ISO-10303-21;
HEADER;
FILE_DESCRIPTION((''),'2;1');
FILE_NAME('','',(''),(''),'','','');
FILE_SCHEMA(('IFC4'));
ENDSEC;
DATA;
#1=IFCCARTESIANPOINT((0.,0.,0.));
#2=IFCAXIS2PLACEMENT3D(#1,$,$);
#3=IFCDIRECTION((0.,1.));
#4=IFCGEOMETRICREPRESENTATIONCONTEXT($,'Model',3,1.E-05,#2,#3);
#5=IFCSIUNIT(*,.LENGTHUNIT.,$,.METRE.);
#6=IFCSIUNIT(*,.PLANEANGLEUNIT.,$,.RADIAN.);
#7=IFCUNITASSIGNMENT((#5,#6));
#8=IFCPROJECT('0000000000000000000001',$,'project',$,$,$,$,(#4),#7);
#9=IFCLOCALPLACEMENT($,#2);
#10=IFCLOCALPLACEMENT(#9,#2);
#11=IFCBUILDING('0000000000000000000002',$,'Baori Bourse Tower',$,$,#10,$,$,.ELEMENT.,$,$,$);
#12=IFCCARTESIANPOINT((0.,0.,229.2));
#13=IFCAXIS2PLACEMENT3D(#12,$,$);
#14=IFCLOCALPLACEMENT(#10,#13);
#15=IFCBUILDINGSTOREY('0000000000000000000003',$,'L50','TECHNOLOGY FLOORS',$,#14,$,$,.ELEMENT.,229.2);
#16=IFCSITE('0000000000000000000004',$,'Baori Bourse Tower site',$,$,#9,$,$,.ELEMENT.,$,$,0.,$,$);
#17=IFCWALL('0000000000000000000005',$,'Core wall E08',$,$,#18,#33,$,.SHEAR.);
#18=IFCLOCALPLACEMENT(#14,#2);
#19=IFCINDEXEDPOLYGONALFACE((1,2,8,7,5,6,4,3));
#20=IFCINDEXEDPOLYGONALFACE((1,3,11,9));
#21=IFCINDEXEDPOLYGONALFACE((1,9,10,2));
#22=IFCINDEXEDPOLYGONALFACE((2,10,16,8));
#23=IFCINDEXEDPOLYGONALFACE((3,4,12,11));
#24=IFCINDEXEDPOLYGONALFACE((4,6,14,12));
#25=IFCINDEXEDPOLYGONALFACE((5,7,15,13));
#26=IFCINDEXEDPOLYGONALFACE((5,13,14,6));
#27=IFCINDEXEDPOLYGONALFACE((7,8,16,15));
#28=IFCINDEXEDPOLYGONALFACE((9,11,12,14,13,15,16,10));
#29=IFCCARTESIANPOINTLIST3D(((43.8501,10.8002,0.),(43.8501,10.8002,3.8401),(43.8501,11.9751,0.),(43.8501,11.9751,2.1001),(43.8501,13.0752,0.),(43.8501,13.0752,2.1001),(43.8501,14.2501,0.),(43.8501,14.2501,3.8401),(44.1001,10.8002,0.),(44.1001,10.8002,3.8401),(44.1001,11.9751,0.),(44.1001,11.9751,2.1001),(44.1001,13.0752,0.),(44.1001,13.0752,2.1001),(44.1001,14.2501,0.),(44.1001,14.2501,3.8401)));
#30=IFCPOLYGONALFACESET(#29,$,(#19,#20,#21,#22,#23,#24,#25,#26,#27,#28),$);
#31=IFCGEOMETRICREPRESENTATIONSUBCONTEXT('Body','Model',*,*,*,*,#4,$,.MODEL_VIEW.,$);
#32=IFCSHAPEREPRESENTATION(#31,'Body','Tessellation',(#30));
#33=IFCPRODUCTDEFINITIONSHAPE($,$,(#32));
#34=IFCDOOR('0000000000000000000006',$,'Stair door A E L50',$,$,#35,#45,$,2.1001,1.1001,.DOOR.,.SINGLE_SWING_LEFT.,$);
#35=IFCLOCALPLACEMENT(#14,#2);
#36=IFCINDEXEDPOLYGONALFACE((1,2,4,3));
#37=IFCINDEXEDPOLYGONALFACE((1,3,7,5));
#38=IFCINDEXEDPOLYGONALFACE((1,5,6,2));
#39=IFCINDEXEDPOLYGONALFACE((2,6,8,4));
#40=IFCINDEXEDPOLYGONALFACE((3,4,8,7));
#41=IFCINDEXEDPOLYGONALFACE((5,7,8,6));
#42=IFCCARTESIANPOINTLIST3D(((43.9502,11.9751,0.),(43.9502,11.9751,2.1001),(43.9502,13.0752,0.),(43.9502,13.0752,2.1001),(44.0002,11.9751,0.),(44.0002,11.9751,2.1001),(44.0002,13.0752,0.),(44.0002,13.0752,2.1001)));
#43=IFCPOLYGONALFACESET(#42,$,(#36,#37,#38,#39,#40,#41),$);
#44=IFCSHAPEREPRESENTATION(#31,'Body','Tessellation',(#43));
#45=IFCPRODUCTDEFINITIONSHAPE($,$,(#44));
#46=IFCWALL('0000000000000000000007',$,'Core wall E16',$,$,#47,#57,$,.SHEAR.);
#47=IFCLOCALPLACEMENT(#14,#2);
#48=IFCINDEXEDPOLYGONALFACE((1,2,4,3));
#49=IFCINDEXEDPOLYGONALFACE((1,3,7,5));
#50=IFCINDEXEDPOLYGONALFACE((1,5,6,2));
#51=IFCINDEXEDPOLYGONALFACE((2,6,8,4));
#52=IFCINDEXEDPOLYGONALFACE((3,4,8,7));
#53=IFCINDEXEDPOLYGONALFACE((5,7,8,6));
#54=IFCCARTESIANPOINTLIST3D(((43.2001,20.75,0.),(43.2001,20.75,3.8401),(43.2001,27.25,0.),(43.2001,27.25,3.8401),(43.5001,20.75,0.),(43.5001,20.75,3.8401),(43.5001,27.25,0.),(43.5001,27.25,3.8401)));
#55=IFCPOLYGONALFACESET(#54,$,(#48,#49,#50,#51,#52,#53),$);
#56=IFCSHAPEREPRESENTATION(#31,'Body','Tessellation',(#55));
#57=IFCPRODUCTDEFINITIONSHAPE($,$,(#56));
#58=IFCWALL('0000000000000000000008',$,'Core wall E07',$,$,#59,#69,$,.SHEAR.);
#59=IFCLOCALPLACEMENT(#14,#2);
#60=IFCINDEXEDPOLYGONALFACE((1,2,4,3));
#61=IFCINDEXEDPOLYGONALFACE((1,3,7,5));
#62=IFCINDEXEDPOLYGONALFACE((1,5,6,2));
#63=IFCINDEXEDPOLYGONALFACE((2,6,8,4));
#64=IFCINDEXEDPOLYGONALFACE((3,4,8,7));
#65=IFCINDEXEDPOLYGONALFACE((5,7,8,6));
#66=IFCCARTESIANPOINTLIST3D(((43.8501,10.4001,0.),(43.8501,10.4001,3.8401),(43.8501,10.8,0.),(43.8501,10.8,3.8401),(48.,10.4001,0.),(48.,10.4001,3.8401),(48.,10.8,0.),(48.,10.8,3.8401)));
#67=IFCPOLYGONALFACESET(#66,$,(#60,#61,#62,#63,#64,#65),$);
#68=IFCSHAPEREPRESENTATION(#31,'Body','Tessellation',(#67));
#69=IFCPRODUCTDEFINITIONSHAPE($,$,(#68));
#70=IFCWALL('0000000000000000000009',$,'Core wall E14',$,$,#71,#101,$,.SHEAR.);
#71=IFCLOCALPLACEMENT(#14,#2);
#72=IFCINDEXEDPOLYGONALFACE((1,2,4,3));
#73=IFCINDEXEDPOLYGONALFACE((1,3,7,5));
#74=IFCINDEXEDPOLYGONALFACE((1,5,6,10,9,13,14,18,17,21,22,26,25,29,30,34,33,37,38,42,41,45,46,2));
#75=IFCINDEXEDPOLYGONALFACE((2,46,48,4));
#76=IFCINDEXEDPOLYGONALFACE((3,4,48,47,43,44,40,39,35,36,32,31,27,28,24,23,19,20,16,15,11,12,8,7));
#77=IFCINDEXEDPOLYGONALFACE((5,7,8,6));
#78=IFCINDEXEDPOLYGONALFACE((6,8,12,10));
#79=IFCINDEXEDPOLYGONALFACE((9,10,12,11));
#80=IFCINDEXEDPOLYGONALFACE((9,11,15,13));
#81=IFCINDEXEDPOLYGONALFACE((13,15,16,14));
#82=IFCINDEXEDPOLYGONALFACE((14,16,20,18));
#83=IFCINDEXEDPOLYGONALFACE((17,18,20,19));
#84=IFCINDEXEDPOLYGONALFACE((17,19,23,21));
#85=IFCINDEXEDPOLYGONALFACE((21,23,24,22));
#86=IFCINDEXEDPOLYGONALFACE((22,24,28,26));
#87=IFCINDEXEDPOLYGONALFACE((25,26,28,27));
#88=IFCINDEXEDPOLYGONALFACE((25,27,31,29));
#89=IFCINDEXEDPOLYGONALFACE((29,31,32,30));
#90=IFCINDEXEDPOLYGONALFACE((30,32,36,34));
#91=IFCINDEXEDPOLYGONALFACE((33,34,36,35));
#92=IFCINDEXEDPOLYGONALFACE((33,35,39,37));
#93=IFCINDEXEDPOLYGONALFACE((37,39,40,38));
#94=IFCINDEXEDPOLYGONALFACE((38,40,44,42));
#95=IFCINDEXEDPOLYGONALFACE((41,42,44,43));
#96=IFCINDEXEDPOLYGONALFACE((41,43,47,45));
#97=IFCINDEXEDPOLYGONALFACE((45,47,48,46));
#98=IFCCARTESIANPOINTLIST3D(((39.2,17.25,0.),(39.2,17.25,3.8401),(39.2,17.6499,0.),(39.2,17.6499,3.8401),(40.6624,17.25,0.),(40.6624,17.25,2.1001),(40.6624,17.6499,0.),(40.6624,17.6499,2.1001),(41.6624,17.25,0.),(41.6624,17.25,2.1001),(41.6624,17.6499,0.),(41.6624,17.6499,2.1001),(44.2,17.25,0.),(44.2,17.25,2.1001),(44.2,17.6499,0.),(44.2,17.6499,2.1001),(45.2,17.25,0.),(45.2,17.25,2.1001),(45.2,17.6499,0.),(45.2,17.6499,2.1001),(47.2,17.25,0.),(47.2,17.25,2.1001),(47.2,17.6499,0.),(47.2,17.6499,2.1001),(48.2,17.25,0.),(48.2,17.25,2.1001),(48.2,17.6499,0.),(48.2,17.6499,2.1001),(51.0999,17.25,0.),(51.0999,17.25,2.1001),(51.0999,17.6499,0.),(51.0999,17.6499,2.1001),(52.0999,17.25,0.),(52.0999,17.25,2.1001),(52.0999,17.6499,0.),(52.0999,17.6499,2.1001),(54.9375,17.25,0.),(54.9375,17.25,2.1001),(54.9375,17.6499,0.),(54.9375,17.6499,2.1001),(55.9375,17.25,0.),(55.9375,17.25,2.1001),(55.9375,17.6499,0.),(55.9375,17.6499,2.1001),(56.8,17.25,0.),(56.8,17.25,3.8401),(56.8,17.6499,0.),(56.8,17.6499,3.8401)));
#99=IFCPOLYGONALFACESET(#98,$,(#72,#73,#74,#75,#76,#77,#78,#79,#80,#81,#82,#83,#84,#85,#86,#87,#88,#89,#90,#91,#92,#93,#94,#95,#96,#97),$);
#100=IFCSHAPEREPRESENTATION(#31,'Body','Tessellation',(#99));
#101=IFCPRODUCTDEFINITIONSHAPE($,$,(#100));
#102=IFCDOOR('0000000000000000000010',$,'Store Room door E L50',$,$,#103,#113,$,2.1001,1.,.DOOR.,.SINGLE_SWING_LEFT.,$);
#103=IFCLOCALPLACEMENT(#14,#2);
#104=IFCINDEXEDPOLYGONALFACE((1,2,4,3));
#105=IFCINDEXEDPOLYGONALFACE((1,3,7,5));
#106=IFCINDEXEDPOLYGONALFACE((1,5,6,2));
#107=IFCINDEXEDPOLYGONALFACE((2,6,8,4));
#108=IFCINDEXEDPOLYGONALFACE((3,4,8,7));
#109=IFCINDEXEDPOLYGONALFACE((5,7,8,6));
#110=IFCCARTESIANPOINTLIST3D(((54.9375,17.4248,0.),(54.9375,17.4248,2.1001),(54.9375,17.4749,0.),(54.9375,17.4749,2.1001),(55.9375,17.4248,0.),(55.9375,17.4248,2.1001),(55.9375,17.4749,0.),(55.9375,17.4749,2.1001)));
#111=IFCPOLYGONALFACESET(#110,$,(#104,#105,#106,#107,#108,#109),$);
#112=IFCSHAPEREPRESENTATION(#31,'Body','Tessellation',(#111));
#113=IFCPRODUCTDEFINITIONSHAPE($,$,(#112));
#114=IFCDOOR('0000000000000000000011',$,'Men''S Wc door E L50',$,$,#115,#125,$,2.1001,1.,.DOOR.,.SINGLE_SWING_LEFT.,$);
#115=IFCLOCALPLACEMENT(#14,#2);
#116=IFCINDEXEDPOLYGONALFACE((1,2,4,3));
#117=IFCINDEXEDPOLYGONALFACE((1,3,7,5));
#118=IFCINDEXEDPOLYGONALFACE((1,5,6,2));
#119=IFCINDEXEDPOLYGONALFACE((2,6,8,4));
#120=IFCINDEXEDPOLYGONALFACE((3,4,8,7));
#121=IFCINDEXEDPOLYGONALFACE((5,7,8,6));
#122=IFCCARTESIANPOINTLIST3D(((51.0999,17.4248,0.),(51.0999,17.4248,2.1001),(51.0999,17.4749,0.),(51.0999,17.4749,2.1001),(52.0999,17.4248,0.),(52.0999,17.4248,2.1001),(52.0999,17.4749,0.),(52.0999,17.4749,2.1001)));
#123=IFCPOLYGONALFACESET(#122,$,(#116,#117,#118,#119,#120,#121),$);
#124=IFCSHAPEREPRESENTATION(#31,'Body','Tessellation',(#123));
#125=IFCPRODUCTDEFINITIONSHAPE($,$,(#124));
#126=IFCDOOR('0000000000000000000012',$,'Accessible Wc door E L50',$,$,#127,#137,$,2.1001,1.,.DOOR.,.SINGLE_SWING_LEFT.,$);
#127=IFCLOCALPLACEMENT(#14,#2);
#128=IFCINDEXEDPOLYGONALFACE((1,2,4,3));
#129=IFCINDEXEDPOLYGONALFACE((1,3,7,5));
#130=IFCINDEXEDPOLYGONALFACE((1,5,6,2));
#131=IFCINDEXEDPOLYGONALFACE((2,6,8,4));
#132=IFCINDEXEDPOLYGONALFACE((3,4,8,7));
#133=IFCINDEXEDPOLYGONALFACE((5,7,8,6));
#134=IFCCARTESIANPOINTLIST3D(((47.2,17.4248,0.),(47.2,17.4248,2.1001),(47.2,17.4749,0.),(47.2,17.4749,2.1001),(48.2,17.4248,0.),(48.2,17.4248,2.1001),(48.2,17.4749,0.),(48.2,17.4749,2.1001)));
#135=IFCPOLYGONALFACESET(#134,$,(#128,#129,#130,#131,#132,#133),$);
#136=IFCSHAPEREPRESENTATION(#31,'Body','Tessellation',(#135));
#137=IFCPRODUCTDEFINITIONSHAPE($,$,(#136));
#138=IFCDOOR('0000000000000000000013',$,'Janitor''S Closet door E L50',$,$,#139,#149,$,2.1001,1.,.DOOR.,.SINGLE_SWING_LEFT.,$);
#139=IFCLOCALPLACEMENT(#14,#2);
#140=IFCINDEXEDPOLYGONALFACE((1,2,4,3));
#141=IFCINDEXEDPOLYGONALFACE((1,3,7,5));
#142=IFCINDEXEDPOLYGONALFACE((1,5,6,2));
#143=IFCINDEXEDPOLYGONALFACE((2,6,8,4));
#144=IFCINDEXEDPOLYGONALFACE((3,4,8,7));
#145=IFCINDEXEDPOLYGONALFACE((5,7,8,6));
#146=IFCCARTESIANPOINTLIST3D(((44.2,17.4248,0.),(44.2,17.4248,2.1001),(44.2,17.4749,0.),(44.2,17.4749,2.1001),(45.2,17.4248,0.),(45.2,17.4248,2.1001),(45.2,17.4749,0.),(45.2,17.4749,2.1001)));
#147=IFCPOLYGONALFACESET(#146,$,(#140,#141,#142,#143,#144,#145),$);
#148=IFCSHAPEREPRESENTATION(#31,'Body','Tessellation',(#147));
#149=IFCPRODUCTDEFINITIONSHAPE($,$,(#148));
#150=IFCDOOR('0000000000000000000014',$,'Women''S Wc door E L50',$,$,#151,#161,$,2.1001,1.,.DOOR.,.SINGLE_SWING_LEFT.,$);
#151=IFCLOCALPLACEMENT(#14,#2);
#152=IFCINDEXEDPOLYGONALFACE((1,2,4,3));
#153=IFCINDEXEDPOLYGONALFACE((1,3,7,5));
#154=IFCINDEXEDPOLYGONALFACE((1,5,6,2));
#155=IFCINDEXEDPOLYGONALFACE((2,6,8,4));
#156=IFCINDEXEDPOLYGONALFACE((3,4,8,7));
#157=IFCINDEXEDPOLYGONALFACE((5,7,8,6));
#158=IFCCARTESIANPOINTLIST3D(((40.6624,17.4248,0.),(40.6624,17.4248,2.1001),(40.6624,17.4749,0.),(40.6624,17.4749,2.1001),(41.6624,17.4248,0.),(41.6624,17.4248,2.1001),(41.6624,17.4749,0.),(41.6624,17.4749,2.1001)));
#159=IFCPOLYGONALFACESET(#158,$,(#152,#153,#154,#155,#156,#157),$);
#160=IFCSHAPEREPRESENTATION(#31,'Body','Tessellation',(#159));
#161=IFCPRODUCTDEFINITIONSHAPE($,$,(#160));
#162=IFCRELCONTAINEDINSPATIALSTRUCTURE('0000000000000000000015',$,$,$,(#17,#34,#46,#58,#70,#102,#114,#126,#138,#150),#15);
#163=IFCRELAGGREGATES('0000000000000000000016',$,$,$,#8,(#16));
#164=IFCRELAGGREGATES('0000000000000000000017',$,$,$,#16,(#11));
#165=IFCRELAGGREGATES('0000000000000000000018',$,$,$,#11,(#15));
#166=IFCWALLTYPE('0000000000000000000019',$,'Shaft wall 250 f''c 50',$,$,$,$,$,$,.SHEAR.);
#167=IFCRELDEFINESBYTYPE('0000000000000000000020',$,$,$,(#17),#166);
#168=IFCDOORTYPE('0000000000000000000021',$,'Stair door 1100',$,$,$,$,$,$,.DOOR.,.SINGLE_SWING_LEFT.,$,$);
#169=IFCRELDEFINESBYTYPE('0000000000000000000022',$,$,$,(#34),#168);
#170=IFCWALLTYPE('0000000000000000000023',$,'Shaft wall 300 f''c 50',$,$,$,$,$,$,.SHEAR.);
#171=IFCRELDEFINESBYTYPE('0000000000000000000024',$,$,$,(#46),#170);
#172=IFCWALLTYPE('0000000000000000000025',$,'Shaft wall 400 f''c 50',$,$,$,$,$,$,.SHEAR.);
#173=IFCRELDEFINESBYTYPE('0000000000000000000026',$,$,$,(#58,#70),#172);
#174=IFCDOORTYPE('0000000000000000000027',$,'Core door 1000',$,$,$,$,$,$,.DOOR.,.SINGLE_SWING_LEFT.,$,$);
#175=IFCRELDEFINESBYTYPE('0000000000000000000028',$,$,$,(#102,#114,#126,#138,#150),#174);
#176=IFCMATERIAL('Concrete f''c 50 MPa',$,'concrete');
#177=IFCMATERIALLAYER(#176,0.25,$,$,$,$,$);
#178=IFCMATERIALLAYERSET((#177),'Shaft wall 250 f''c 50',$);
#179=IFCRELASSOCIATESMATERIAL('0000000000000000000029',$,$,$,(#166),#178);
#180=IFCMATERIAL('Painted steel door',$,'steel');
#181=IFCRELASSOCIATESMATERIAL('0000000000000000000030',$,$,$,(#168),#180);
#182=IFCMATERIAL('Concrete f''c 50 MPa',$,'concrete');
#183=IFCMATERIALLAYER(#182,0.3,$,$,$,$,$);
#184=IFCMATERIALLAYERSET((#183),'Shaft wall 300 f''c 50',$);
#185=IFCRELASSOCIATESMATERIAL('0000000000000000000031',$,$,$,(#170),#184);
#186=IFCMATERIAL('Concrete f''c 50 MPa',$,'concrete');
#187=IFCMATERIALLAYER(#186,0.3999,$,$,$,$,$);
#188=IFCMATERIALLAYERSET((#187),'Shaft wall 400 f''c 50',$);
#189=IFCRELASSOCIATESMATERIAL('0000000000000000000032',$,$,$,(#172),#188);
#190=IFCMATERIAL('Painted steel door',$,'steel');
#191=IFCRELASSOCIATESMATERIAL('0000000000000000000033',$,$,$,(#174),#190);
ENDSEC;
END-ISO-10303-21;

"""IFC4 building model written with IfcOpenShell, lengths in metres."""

from ifc_helpers import new_model, si_unit, direction, frame, frame_2d, origin, place, context, subcontext, project, spatial, rectangle, extrude, material, layer, layer_set, type_object, element, fill, save


model = new_model("IFC4")

# Units and contexts
model_context = context("Model", 3, precision=1e-05, world=origin(), true_north=direction((0.0, 1.0)))
body_context = subcontext(model_context, "Body", "Model", "MODEL_VIEW")
ifc_project = project(units=[si_unit("LENGTHUNIT", "METRE"), si_unit("PLANEANGLEUNIT", "RADIAN")], contexts=[model_context])

# Site, building, storey
site_placement = place(None, origin())
site = spatial("IfcSite", under=ifc_project, at=site_placement, Name="Baori Bourse Tower site", CompositionType="ELEMENT", RefElevation=0.0)
building_placement = place(site_placement, origin())
building = spatial("IfcBuilding", under=site, at=building_placement, Name="Baori Bourse Tower", CompositionType="ELEMENT")
storey_placement = place(building_placement, frame((0.0, 0.0, 229.2)))
storey = spatial("IfcBuildingStorey", under=building, at=storey_placement, Name="L50", Description="TECHNOLOGY FLOORS", CompositionType="ELEMENT", Elevation=229.2)

# Wall, opening, door
ifc_material_1 = material(Name="Concrete f'c 50 MPa", Category="concrete")
ifc_layer_1 = layer(ifc_material_1, 0.25)
ifc_layer_set_1 = layer_set([ifc_layer_1], Name="Shaft wall 250 f'c 50")
wall_type_1 = type_object("IfcWallType", Name="Shaft wall 250 f'c 50", PredefinedType="SHEAR", material=ifc_layer_set_1)
wall_1_placement = place(storey_placement, frame((43.9751, 10.8, 0.0), z_axis=(0.0, 0.0, 1.0), x_axis=(0.0, 1.0, 0.0)))
wall_1 = element("IfcWall", 1, at=wall_1_placement, inside=storey, type_object=wall_type_1, Name="Core wall E08", PredefinedType="SHEAR", context=body_context, shape_type="SweptSolid", body=[
    extrude(rectangle(XDim=3.45, YDim=0.25, at=frame_2d((1.7251, 0.0))), origin(), (0.0, 0.0, 1.0), 3.8401),
])
opening_1_placement = place(wall_1_placement, frame((1.175, 0.0, 0.0)))
opening_1 = element("IfcOpeningElement", 2, at=opening_1_placement, cuts=wall_1, PredefinedType="OPENING", context=body_context, shape_type="SweptSolid", body=[
    extrude(rectangle(XDim=1.1001, YDim=2.1001, at=frame_2d((0.55, 1.05))), frame((0.0, 0.135, 0.0), z_axis=(0.0, -1.0, 0.0), x_axis=(1.0, 0.0, 0.0)), (0.0, 0.0, 1.0), 0.27),
])
ifc_material_2 = material(Name="Painted steel door", Category="steel")
door_type_1 = type_object("IfcDoorType", Name="Stair door 1100", OperationType="SINGLE_SWING_LEFT", PredefinedType="DOOR", material=ifc_material_2)
door_1_placement = place(opening_1_placement, origin())
door_1 = element("IfcDoor", 3, at=door_1_placement, inside=storey, type_object=door_type_1, Name="Stair door A E L50", OperationType="SINGLE_SWING_LEFT", OverallHeight=2.1001, OverallWidth=1.1001, PredefinedType="DOOR", context=body_context, shape_type="SweptSolid", body=[
    extrude(rectangle(XDim=1.1001, YDim=2.1001, at=frame_2d((0.55, 1.05))), frame((0.0, 0.0249, 0.0), z_axis=(0.0, -1.0, 0.0), x_axis=(1.0, 0.0, 0.0)), (0.0, 0.0, 1.0), 0.05),
])
fill(opening_1, door_1)

# Walls
ifc_material_3 = material(Name="Concrete f'c 50 MPa", Category="concrete")
ifc_layer_2 = layer(ifc_material_3, 0.3)
ifc_layer_set_2 = layer_set([ifc_layer_2], Name="Shaft wall 300 f'c 50")
wall_type_2 = type_object("IfcWallType", Name="Shaft wall 300 f'c 50", PredefinedType="SHEAR", material=ifc_layer_set_2)
wall_2_placement = place(storey_placement, frame((43.3501, 20.75, 0.0), z_axis=(0.0, 0.0, 1.0), x_axis=(0.0, 1.0, 0.0)))
element("IfcWall", 4, at=wall_2_placement, inside=storey, type_object=wall_type_2, Name="Core wall E16", PredefinedType="SHEAR", context=body_context, shape_type="SweptSolid", body=[
    extrude(rectangle(XDim=6.5, YDim=0.3, at=frame_2d((3.25, 0.0))), origin(), (0.0, 0.0, 1.0), 3.8401),
])
ifc_material_4 = material(Name="Concrete f'c 50 MPa", Category="concrete")
ifc_layer_3 = layer(ifc_material_4, 0.3999)
ifc_layer_set_3 = layer_set([ifc_layer_3], Name="Shaft wall 400 f'c 50")
wall_type_3 = type_object("IfcWallType", Name="Shaft wall 400 f'c 50", PredefinedType="SHEAR", material=ifc_layer_set_3)
wall_3_placement = place(storey_placement, frame((43.8501, 10.6001, 0.0), z_axis=(0.0, 0.0, 1.0), x_axis=(1.0, 0.0, 0.0)))
element("IfcWall", 5, at=wall_3_placement, inside=storey, type_object=wall_type_3, Name="Core wall E07", PredefinedType="SHEAR", context=body_context, shape_type="SweptSolid", body=[
    extrude(rectangle(XDim=4.1499, YDim=0.3999, at=frame_2d((2.075, 0.0))), origin(), (0.0, 0.0, 1.0), 3.8401),
])

# Wall, openings, doors
wall_4_placement = place(storey_placement, frame((39.2, 17.45, 0.0), z_axis=(0.0, 0.0, 1.0), x_axis=(1.0, 0.0, 0.0)))
wall_4 = element("IfcWall", 6, at=wall_4_placement, inside=storey, type_object=wall_type_3, Name="Core wall E14", PredefinedType="SHEAR", context=body_context, shape_type="SweptSolid", body=[
    extrude(rectangle(XDim=17.6001, YDim=0.3999, at=frame_2d((8.8, 0.0))), origin(), (0.0, 0.0, 1.0), 3.8401),
])
opening_2_placement = place(wall_4_placement, frame((15.7375, 0.0, 0.0)))
opening_2 = element("IfcOpeningElement", 7, at=opening_2_placement, cuts=wall_4, PredefinedType="OPENING", context=body_context, shape_type="SweptSolid", body=[
    extrude(rectangle(XDim=1.0, YDim=2.1001, at=frame_2d((0.5, 1.05))), frame((0.0, 0.21, 0.0), z_axis=(0.0, -1.0, 0.0), x_axis=(1.0, 0.0, 0.0)), (0.0, 0.0, 1.0), 0.4199),
])
opening_3_placement = place(wall_4_placement, frame((11.8999, 0.0, 0.0)))
opening_3 = element("IfcOpeningElement", 8, at=opening_3_placement, cuts=wall_4, PredefinedType="OPENING", context=body_context, shape_type="SweptSolid", body=[
    extrude(rectangle(XDim=1.0, YDim=2.1001, at=frame_2d((0.5, 1.05))), frame((0.0, 0.21, 0.0), z_axis=(0.0, -1.0, 0.0), x_axis=(1.0, 0.0, 0.0)), (0.0, 0.0, 1.0), 0.4199),
])
opening_4_placement = place(wall_4_placement, frame((8.0, 0.0, 0.0)))
opening_4 = element("IfcOpeningElement", 9, at=opening_4_placement, cuts=wall_4, PredefinedType="OPENING", context=body_context, shape_type="SweptSolid", body=[
    extrude(rectangle(XDim=1.0, YDim=2.1001, at=frame_2d((0.5, 1.05))), frame((0.0, 0.21, 0.0), z_axis=(0.0, -1.0, 0.0), x_axis=(1.0, 0.0, 0.0)), (0.0, 0.0, 1.0), 0.4199),
])
opening_5_placement = place(wall_4_placement, frame((5.0, 0.0, 0.0)))
opening_5 = element("IfcOpeningElement", 10, at=opening_5_placement, cuts=wall_4, PredefinedType="OPENING", context=body_context, shape_type="SweptSolid", body=[
    extrude(rectangle(XDim=1.0, YDim=2.1001, at=frame_2d((0.5, 1.05))), frame((0.0, 0.21, 0.0), z_axis=(0.0, -1.0, 0.0), x_axis=(1.0, 0.0, 0.0)), (0.0, 0.0, 1.0), 0.4199),
])
opening_6_placement = place(wall_4_placement, frame((1.4624, 0.0, 0.0)))
opening_6 = element("IfcOpeningElement", 11, at=opening_6_placement, cuts=wall_4, PredefinedType="OPENING", context=body_context, shape_type="SweptSolid", body=[
    extrude(rectangle(XDim=1.0, YDim=2.1001, at=frame_2d((0.5, 1.05))), frame((0.0, 0.21, 0.0), z_axis=(0.0, -1.0, 0.0), x_axis=(1.0, 0.0, 0.0)), (0.0, 0.0, 1.0), 0.4199),
])
ifc_material_5 = material(Name="Painted steel door", Category="steel")
door_type_2 = type_object("IfcDoorType", Name="Core door 1000", OperationType="SINGLE_SWING_LEFT", PredefinedType="DOOR", material=ifc_material_5)
door_2_placement = place(opening_2_placement, origin())
door_2 = element("IfcDoor", 12, at=door_2_placement, inside=storey, type_object=door_type_2, Name="Store Room door E L50", OperationType="SINGLE_SWING_LEFT", OverallHeight=2.1001, OverallWidth=1.0, PredefinedType="DOOR", context=body_context, shape_type="SweptSolid", body=[
    extrude(rectangle(XDim=1.0, YDim=2.1001, at=frame_2d((0.5, 1.05))), frame((0.0, 0.0249, 0.0), z_axis=(0.0, -1.0, 0.0), x_axis=(1.0, 0.0, 0.0)), (0.0, 0.0, 1.0), 0.05),
])
fill(opening_2, door_2)
door_3_placement = place(opening_3_placement, origin())
door_3 = element("IfcDoor", 13, at=door_3_placement, inside=storey, type_object=door_type_2, Name="Men'S Wc door E L50", OperationType="SINGLE_SWING_LEFT", OverallHeight=2.1001, OverallWidth=1.0, PredefinedType="DOOR", context=body_context, shape_type="SweptSolid", body=[
    extrude(rectangle(XDim=1.0, YDim=2.1001, at=frame_2d((0.5, 1.05))), frame((0.0, 0.0249, 0.0), z_axis=(0.0, -1.0, 0.0), x_axis=(1.0, 0.0, 0.0)), (0.0, 0.0, 1.0), 0.05),
])
fill(opening_3, door_3)
door_4_placement = place(opening_4_placement, origin())
door_4 = element("IfcDoor", 14, at=door_4_placement, inside=storey, type_object=door_type_2, Name="Accessible Wc door E L50", OperationType="SINGLE_SWING_LEFT", OverallHeight=2.1001, OverallWidth=1.0, PredefinedType="DOOR", context=body_context, shape_type="SweptSolid", body=[
    extrude(rectangle(XDim=1.0, YDim=2.1001, at=frame_2d((0.5, 1.05))), frame((0.0, 0.0249, 0.0), z_axis=(0.0, -1.0, 0.0), x_axis=(1.0, 0.0, 0.0)), (0.0, 0.0, 1.0), 0.05),
])
fill(opening_4, door_4)
door_5_placement = place(opening_5_placement, origin())
door_5 = element("IfcDoor", 15, at=door_5_placement, inside=storey, type_object=door_type_2, Name="Janitor'S Closet door E L50", OperationType="SINGLE_SWING_LEFT", OverallHeight=2.1001, OverallWidth=1.0, PredefinedType="DOOR", context=body_context, shape_type="SweptSolid", body=[
    extrude(rectangle(XDim=1.0, YDim=2.1001, at=frame_2d((0.5, 1.05))), frame((0.0, 0.0249, 0.0), z_axis=(0.0, -1.0, 0.0), x_axis=(1.0, 0.0, 0.0)), (0.0, 0.0, 1.0), 0.05),
])
fill(opening_5, door_5)
door_6_placement = place(opening_6_placement, origin())
door_6 = element("IfcDoor", 16, at=door_6_placement, inside=storey, type_object=door_type_2, Name="Women'S Wc door E L50", OperationType="SINGLE_SWING_LEFT", OverallHeight=2.1001, OverallWidth=1.0, PredefinedType="DOOR", context=body_context, shape_type="SweptSolid", body=[
    extrude(rectangle(XDim=1.0, YDim=2.1001, at=frame_2d((0.5, 1.05))), frame((0.0, 0.0249, 0.0), z_axis=(0.0, -1.0, 0.0), x_axis=(1.0, 0.0, 0.0)), (0.0, 0.0, 1.0), 0.05),
])
fill(opening_6, door_6)

save(model, "model.ifc")
